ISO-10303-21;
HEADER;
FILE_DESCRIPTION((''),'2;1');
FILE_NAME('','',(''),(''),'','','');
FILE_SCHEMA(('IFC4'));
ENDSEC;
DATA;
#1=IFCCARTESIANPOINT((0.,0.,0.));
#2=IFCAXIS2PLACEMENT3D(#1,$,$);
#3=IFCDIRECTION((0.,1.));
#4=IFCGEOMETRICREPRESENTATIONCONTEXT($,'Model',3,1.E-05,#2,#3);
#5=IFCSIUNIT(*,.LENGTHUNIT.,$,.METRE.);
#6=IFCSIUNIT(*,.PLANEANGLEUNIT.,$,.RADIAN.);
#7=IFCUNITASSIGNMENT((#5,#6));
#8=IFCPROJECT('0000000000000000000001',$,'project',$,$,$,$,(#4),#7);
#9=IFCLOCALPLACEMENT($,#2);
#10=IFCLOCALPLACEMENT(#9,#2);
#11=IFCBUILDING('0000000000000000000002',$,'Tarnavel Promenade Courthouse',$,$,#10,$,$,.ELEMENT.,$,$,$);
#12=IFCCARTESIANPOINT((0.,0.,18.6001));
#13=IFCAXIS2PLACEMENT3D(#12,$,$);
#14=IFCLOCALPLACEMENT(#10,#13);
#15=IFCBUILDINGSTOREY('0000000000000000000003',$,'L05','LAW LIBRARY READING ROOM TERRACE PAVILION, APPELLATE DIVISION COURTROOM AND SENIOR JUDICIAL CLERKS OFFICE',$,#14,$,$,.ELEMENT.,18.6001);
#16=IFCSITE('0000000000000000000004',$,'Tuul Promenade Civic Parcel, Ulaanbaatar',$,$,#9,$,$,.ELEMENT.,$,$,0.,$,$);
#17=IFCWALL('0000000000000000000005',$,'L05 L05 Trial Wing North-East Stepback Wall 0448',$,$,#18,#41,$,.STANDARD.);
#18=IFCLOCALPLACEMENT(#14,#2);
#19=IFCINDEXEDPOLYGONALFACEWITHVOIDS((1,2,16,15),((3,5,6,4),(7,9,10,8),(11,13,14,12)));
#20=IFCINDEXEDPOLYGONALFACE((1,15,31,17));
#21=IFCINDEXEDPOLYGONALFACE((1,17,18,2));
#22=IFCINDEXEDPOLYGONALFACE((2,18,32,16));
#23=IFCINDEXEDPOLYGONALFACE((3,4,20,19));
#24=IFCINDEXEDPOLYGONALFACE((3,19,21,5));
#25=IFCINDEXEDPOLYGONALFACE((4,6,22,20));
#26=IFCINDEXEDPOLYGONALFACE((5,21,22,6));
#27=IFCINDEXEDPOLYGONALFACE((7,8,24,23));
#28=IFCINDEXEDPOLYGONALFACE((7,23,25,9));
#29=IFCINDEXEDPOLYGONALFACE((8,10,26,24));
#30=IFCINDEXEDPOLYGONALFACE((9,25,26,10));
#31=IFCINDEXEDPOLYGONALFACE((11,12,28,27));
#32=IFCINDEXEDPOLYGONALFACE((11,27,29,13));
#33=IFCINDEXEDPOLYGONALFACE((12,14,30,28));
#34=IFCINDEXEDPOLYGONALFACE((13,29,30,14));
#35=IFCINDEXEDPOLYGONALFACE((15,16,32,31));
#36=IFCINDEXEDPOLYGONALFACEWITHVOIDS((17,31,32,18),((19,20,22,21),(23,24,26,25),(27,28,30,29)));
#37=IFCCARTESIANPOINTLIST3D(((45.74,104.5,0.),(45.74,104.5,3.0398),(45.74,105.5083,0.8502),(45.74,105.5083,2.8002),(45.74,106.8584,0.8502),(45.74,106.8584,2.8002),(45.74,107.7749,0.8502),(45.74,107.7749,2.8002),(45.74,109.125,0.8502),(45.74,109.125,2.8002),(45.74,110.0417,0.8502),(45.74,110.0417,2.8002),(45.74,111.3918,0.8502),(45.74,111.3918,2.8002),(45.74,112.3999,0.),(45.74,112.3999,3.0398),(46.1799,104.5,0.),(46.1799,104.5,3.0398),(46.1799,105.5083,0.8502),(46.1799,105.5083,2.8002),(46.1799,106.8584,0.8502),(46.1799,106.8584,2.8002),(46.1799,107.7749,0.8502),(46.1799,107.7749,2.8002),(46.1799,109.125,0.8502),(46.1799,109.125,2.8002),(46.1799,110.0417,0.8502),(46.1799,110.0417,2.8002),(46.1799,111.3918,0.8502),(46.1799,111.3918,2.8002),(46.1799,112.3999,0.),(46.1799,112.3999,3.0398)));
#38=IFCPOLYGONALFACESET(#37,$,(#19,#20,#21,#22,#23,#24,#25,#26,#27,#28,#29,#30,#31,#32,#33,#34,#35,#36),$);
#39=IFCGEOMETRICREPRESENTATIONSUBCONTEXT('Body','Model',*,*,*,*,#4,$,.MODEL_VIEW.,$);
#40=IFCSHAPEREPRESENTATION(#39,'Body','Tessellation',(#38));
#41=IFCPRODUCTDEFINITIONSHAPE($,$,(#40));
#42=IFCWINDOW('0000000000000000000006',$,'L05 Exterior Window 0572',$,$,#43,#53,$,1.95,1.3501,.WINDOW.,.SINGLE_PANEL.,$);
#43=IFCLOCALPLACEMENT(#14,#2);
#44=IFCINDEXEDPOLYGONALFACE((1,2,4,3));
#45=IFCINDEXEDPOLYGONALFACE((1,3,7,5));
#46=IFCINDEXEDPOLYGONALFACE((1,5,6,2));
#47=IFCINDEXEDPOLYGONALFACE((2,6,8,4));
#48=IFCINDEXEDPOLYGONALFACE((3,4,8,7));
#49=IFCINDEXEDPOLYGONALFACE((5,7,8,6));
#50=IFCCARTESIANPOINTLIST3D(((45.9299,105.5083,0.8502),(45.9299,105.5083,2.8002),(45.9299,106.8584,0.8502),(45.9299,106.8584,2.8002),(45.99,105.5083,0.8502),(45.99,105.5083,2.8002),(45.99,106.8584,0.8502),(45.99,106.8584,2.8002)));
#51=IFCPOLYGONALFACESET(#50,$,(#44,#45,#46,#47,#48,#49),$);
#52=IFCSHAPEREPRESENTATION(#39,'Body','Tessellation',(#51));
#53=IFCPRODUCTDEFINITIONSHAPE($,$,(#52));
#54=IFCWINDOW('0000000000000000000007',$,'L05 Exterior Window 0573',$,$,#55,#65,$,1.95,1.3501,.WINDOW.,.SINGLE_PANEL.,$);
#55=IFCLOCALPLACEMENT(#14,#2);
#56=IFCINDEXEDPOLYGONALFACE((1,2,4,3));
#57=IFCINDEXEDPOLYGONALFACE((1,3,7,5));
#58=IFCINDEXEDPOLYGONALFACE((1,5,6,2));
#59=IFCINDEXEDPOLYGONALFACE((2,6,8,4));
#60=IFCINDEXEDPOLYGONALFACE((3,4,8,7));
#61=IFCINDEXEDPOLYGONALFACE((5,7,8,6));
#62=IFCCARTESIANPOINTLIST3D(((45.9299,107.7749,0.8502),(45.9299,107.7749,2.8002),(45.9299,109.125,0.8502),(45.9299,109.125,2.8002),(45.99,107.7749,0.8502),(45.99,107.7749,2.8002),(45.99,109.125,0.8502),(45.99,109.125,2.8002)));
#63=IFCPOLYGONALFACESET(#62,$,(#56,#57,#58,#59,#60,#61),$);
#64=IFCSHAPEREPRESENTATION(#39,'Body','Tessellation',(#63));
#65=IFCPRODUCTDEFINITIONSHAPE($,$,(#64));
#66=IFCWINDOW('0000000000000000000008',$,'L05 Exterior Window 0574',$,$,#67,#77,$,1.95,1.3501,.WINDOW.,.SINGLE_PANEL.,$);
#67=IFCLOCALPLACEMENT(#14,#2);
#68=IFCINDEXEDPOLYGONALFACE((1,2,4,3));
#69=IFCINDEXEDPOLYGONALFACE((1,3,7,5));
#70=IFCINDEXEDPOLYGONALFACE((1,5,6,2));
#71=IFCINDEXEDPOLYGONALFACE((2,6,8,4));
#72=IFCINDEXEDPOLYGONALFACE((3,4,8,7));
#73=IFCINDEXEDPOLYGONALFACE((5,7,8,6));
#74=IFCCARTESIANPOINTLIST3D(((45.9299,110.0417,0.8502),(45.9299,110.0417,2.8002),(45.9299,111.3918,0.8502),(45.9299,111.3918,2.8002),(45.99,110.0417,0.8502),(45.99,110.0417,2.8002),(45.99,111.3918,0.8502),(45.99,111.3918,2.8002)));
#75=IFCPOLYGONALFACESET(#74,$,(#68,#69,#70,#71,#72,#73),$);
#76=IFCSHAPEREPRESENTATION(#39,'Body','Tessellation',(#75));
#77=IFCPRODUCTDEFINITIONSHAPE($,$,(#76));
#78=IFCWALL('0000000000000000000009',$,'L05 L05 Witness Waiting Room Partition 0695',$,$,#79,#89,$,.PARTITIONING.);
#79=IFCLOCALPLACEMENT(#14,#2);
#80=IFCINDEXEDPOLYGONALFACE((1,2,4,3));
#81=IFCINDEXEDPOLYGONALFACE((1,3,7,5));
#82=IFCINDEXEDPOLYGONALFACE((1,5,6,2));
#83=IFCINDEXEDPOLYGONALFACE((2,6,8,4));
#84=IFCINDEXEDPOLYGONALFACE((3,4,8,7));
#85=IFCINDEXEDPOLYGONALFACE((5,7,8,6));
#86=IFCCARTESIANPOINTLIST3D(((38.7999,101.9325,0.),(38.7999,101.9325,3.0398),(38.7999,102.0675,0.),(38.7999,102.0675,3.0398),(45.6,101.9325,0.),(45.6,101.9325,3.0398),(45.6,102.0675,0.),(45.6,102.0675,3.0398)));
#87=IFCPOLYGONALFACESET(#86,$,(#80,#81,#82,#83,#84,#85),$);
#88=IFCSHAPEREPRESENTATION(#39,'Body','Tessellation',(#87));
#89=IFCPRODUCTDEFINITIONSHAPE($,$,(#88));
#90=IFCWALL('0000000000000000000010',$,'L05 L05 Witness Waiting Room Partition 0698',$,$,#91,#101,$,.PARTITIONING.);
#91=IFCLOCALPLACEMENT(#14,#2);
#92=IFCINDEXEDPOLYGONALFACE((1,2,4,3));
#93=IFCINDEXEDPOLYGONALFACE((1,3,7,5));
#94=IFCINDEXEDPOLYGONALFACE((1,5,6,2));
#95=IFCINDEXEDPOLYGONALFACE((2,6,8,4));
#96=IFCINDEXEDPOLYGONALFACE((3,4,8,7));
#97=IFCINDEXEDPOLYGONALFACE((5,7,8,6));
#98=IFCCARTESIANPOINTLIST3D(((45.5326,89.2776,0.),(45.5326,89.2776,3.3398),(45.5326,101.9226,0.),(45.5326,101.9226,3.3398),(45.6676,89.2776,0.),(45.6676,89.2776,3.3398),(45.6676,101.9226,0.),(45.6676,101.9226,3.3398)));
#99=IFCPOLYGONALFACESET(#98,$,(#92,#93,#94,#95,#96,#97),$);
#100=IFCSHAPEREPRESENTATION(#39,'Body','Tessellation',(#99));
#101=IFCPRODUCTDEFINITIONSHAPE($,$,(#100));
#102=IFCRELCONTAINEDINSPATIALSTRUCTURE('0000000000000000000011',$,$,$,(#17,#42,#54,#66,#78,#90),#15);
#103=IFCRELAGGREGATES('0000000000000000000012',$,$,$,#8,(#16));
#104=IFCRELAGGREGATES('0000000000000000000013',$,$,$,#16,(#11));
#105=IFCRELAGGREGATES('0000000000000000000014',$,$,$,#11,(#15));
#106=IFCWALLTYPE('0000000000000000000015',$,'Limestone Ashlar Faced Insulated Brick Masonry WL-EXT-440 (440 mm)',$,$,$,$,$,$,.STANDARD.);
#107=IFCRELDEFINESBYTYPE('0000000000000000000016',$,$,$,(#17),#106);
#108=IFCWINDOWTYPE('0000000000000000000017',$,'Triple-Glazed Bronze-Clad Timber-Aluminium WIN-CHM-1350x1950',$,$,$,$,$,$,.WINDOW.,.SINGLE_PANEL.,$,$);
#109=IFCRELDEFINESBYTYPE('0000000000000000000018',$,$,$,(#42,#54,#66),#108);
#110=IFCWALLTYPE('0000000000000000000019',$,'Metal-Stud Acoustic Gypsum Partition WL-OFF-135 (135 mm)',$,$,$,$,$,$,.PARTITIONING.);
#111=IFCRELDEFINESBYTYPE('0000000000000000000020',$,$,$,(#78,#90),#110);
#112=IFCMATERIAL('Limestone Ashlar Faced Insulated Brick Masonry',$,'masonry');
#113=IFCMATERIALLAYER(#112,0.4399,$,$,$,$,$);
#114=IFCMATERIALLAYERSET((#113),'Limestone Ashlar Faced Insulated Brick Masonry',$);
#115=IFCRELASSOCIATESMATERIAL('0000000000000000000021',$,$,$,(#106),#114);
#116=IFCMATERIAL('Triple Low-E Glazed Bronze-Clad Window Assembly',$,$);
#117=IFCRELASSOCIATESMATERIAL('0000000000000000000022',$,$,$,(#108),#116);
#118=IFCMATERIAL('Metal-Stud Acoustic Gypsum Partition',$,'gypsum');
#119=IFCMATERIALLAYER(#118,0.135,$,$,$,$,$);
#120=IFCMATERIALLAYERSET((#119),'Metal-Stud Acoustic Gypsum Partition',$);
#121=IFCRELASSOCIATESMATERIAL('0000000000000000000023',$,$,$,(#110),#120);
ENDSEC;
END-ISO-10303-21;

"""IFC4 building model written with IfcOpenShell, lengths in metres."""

from ifc_helpers import new_model, si_unit, direction, frame, frame_2d, origin, place, context, subcontext, project, spatial, rectangle, extrude, material, layer, layer_set, type_object, element, fill, save


model = new_model("IFC4")

# Units and contexts
model_context = context("Model", 3, precision=1e-05, world=origin(), true_north=direction((0.0, 1.0)))
body_context = subcontext(model_context, "Body", "Model", "MODEL_VIEW")
ifc_project = project(units=[si_unit("LENGTHUNIT", "METRE"), si_unit("PLANEANGLEUNIT", "RADIAN")], contexts=[model_context])

# Site, building, storey
site_placement = place(None, origin())
site = spatial("IfcSite", under=ifc_project, at=site_placement, Name="Tuul Promenade Civic Parcel, Ulaanbaatar", CompositionType="ELEMENT", RefElevation=0.0)
building_placement = place(site_placement, origin())
building = spatial("IfcBuilding", under=site, at=building_placement, Name="Tarnavel Promenade Courthouse", CompositionType="ELEMENT")
storey_placement = place(building_placement, frame((0.0, 0.0, 18.6001)))
storey = spatial("IfcBuildingStorey", under=building, at=storey_placement, Name="L05", Description="LAW LIBRARY READING ROOM TERRACE PAVILION, APPELLATE DIVISION COURTROOM AND SENIOR JUDICIAL CLERKS OFFICE", CompositionType="ELEMENT", Elevation=18.6001)

# Wall, openings, windows
ifc_material_1 = material(Name="Limestone Ashlar Faced Insulated Brick Masonry", Category="masonry")
ifc_layer_1 = layer(ifc_material_1, 0.4399)
ifc_layer_set_1 = layer_set([ifc_layer_1], Name="Limestone Ashlar Faced Insulated Brick Masonry")
wall_type_1 = type_object("IfcWallType", Name="Limestone Ashlar Faced Insulated Brick Masonry WL-EXT-440 (440 mm)", PredefinedType="STANDARD", material=ifc_layer_set_1)
ifc_material_2 = material(Name="Triple Low-E Glazed Bronze-Clad Window Assembly")
wall_1_placement = place(storey_placement, frame((45.96, 104.5, 0.0), z_axis=(0.0, 0.0, 1.0), x_axis=(0.0, 1.0, 0.0)))
wall_1 = element("IfcWall", 1, at=wall_1_placement, inside=storey, type_object=wall_type_1, Name="L05 L05 Trial Wing North-East Stepback Wall 0448", PredefinedType="STANDARD", context=body_context, shape_type="SweptSolid", body=[
    extrude(rectangle(XDim=7.8999, YDim=0.4399, at=frame_2d((3.95, 0.0))), origin(), (0.0, 0.0, 1.0), 3.0398),
])
opening_1_placement = place(wall_1_placement, frame((1.0083, 0.0, 0.8501)))
opening_1 = element("IfcOpeningElement", 2, at=opening_1_placement, cuts=wall_1, PredefinedType="OPENING", context=body_context, shape_type="SweptSolid", body=[
    extrude(rectangle(XDim=1.3501, YDim=1.95, at=frame_2d((0.675, 0.9751))), frame((0.0, 0.23, 0.0), z_axis=(0.0, -1.0, 0.0), x_axis=(1.0, 0.0, 0.0)), (0.0, 0.0, 1.0), 0.46),
])
opening_2_placement = place(wall_1_placement, frame((3.2749, 0.0, 0.8501)))
opening_2 = element("IfcOpeningElement", 3, at=opening_2_placement, cuts=wall_1, PredefinedType="OPENING", context=body_context, shape_type="SweptSolid", body=[
    extrude(rectangle(XDim=1.3501, YDim=1.95, at=frame_2d((0.675, 0.9751))), frame((0.0, 0.23, 0.0), z_axis=(0.0, -1.0, 0.0), x_axis=(1.0, 0.0, 0.0)), (0.0, 0.0, 1.0), 0.46),
])
opening_3_placement = place(wall_1_placement, frame((5.5417, 0.0, 0.8501)))
opening_3 = element("IfcOpeningElement", 4, at=opening_3_placement, cuts=wall_1, PredefinedType="OPENING", context=body_context, shape_type="SweptSolid", body=[
    extrude(rectangle(XDim=1.3501, YDim=1.95, at=frame_2d((0.675, 0.9751))), frame((0.0, 0.23, 0.0), z_axis=(0.0, -1.0, 0.0), x_axis=(1.0, 0.0, 0.0)), (0.0, 0.0, 1.0), 0.46),
])
window_type_1 = type_object("IfcWindowType", Name="Triple-Glazed Bronze-Clad Timber-Aluminium WIN-CHM-1350x1950", PartitioningType="SINGLE_PANEL", PredefinedType="WINDOW", material=ifc_material_2)
window_1_placement = place(opening_1_placement, origin())
window_1 = element("IfcWindow", 5, at=window_1_placement, inside=storey, type_object=window_type_1, Name="L05 Exterior Window 0572", OverallHeight=1.95, OverallWidth=1.3501, PartitioningType="SINGLE_PANEL", PredefinedType="WINDOW", context=body_context, shape_type="SweptSolid", body=[
    extrude(rectangle(XDim=1.3501, YDim=1.95, at=frame_2d((0.675, 0.9751))), frame((0.0, 0.03, 0.0), z_axis=(0.0, -1.0, 0.0), x_axis=(1.0, 0.0, 0.0)), (0.0, 0.0, 1.0), 0.0601),
])
fill(opening_1, window_1)
window_2_placement = place(opening_2_placement, origin())
window_2 = element("IfcWindow", 6, at=window_2_placement, inside=storey, type_object=window_type_1, Name="L05 Exterior Window 0573", OverallHeight=1.95, OverallWidth=1.3501, PartitioningType="SINGLE_PANEL", PredefinedType="WINDOW", context=body_context, shape_type="SweptSolid", body=[
    extrude(rectangle(XDim=1.3501, YDim=1.95, at=frame_2d((0.675, 0.9751))), frame((0.0, 0.03, 0.0), z_axis=(0.0, -1.0, 0.0), x_axis=(1.0, 0.0, 0.0)), (0.0, 0.0, 1.0), 0.0601),
])
fill(opening_2, window_2)
window_3_placement = place(opening_3_placement, origin())
window_3 = element("IfcWindow", 7, at=window_3_placement, inside=storey, type_object=window_type_1, Name="L05 Exterior Window 0574", OverallHeight=1.95, OverallWidth=1.3501, PartitioningType="SINGLE_PANEL", PredefinedType="WINDOW", context=body_context, shape_type="SweptSolid", body=[
    extrude(rectangle(XDim=1.3501, YDim=1.95, at=frame_2d((0.675, 0.9751))), frame((0.0, 0.03, 0.0), z_axis=(0.0, -1.0, 0.0), x_axis=(1.0, 0.0, 0.0)), (0.0, 0.0, 1.0), 0.0601),
])
fill(opening_3, window_3)

# Walls
ifc_material_3 = material(Name="Metal-Stud Acoustic Gypsum Partition", Category="gypsum")
ifc_layer_2 = layer(ifc_material_3, 0.135)
ifc_layer_set_2 = layer_set([ifc_layer_2], Name="Metal-Stud Acoustic Gypsum Partition")
wall_type_2 = type_object("IfcWallType", Name="Metal-Stud Acoustic Gypsum Partition WL-OFF-135 (135 mm)", PredefinedType="PARTITIONING", material=ifc_layer_set_2)
wall_2_placement = place(storey_placement, frame((38.8, 102.0, 0.0), z_axis=(0.0, 0.0, 1.0), x_axis=(1.0, 0.0, 0.0)))
element("IfcWall", 8, at=wall_2_placement, inside=storey, type_object=wall_type_2, Name="L05 L05 Witness Waiting Room Partition 0695", PredefinedType="PARTITIONING", context=body_context, shape_type="SweptSolid", body=[
    extrude(rectangle(XDim=6.8, YDim=0.135, at=frame_2d((3.3999, 0.0))), origin(), (0.0, 0.0, 1.0), 3.0398),
])
wall_3_placement = place(storey_placement, frame((45.6001, 101.9226, 0.0), z_axis=(0.0, 0.0, 1.0), x_axis=(0.0, -1.0, 0.0)))
element("IfcWall", 9, at=wall_3_placement, inside=storey, type_object=wall_type_2, Name="L05 L05 Witness Waiting Room Partition 0698", PredefinedType="PARTITIONING", context=body_context, shape_type="SweptSolid", body=[
    extrude(rectangle(XDim=12.645, YDim=0.135, at=frame_2d((6.3225, 0.0))), origin(), (0.0, 0.0, 1.0), 3.3398),
])

save(model, "model.ifc")
